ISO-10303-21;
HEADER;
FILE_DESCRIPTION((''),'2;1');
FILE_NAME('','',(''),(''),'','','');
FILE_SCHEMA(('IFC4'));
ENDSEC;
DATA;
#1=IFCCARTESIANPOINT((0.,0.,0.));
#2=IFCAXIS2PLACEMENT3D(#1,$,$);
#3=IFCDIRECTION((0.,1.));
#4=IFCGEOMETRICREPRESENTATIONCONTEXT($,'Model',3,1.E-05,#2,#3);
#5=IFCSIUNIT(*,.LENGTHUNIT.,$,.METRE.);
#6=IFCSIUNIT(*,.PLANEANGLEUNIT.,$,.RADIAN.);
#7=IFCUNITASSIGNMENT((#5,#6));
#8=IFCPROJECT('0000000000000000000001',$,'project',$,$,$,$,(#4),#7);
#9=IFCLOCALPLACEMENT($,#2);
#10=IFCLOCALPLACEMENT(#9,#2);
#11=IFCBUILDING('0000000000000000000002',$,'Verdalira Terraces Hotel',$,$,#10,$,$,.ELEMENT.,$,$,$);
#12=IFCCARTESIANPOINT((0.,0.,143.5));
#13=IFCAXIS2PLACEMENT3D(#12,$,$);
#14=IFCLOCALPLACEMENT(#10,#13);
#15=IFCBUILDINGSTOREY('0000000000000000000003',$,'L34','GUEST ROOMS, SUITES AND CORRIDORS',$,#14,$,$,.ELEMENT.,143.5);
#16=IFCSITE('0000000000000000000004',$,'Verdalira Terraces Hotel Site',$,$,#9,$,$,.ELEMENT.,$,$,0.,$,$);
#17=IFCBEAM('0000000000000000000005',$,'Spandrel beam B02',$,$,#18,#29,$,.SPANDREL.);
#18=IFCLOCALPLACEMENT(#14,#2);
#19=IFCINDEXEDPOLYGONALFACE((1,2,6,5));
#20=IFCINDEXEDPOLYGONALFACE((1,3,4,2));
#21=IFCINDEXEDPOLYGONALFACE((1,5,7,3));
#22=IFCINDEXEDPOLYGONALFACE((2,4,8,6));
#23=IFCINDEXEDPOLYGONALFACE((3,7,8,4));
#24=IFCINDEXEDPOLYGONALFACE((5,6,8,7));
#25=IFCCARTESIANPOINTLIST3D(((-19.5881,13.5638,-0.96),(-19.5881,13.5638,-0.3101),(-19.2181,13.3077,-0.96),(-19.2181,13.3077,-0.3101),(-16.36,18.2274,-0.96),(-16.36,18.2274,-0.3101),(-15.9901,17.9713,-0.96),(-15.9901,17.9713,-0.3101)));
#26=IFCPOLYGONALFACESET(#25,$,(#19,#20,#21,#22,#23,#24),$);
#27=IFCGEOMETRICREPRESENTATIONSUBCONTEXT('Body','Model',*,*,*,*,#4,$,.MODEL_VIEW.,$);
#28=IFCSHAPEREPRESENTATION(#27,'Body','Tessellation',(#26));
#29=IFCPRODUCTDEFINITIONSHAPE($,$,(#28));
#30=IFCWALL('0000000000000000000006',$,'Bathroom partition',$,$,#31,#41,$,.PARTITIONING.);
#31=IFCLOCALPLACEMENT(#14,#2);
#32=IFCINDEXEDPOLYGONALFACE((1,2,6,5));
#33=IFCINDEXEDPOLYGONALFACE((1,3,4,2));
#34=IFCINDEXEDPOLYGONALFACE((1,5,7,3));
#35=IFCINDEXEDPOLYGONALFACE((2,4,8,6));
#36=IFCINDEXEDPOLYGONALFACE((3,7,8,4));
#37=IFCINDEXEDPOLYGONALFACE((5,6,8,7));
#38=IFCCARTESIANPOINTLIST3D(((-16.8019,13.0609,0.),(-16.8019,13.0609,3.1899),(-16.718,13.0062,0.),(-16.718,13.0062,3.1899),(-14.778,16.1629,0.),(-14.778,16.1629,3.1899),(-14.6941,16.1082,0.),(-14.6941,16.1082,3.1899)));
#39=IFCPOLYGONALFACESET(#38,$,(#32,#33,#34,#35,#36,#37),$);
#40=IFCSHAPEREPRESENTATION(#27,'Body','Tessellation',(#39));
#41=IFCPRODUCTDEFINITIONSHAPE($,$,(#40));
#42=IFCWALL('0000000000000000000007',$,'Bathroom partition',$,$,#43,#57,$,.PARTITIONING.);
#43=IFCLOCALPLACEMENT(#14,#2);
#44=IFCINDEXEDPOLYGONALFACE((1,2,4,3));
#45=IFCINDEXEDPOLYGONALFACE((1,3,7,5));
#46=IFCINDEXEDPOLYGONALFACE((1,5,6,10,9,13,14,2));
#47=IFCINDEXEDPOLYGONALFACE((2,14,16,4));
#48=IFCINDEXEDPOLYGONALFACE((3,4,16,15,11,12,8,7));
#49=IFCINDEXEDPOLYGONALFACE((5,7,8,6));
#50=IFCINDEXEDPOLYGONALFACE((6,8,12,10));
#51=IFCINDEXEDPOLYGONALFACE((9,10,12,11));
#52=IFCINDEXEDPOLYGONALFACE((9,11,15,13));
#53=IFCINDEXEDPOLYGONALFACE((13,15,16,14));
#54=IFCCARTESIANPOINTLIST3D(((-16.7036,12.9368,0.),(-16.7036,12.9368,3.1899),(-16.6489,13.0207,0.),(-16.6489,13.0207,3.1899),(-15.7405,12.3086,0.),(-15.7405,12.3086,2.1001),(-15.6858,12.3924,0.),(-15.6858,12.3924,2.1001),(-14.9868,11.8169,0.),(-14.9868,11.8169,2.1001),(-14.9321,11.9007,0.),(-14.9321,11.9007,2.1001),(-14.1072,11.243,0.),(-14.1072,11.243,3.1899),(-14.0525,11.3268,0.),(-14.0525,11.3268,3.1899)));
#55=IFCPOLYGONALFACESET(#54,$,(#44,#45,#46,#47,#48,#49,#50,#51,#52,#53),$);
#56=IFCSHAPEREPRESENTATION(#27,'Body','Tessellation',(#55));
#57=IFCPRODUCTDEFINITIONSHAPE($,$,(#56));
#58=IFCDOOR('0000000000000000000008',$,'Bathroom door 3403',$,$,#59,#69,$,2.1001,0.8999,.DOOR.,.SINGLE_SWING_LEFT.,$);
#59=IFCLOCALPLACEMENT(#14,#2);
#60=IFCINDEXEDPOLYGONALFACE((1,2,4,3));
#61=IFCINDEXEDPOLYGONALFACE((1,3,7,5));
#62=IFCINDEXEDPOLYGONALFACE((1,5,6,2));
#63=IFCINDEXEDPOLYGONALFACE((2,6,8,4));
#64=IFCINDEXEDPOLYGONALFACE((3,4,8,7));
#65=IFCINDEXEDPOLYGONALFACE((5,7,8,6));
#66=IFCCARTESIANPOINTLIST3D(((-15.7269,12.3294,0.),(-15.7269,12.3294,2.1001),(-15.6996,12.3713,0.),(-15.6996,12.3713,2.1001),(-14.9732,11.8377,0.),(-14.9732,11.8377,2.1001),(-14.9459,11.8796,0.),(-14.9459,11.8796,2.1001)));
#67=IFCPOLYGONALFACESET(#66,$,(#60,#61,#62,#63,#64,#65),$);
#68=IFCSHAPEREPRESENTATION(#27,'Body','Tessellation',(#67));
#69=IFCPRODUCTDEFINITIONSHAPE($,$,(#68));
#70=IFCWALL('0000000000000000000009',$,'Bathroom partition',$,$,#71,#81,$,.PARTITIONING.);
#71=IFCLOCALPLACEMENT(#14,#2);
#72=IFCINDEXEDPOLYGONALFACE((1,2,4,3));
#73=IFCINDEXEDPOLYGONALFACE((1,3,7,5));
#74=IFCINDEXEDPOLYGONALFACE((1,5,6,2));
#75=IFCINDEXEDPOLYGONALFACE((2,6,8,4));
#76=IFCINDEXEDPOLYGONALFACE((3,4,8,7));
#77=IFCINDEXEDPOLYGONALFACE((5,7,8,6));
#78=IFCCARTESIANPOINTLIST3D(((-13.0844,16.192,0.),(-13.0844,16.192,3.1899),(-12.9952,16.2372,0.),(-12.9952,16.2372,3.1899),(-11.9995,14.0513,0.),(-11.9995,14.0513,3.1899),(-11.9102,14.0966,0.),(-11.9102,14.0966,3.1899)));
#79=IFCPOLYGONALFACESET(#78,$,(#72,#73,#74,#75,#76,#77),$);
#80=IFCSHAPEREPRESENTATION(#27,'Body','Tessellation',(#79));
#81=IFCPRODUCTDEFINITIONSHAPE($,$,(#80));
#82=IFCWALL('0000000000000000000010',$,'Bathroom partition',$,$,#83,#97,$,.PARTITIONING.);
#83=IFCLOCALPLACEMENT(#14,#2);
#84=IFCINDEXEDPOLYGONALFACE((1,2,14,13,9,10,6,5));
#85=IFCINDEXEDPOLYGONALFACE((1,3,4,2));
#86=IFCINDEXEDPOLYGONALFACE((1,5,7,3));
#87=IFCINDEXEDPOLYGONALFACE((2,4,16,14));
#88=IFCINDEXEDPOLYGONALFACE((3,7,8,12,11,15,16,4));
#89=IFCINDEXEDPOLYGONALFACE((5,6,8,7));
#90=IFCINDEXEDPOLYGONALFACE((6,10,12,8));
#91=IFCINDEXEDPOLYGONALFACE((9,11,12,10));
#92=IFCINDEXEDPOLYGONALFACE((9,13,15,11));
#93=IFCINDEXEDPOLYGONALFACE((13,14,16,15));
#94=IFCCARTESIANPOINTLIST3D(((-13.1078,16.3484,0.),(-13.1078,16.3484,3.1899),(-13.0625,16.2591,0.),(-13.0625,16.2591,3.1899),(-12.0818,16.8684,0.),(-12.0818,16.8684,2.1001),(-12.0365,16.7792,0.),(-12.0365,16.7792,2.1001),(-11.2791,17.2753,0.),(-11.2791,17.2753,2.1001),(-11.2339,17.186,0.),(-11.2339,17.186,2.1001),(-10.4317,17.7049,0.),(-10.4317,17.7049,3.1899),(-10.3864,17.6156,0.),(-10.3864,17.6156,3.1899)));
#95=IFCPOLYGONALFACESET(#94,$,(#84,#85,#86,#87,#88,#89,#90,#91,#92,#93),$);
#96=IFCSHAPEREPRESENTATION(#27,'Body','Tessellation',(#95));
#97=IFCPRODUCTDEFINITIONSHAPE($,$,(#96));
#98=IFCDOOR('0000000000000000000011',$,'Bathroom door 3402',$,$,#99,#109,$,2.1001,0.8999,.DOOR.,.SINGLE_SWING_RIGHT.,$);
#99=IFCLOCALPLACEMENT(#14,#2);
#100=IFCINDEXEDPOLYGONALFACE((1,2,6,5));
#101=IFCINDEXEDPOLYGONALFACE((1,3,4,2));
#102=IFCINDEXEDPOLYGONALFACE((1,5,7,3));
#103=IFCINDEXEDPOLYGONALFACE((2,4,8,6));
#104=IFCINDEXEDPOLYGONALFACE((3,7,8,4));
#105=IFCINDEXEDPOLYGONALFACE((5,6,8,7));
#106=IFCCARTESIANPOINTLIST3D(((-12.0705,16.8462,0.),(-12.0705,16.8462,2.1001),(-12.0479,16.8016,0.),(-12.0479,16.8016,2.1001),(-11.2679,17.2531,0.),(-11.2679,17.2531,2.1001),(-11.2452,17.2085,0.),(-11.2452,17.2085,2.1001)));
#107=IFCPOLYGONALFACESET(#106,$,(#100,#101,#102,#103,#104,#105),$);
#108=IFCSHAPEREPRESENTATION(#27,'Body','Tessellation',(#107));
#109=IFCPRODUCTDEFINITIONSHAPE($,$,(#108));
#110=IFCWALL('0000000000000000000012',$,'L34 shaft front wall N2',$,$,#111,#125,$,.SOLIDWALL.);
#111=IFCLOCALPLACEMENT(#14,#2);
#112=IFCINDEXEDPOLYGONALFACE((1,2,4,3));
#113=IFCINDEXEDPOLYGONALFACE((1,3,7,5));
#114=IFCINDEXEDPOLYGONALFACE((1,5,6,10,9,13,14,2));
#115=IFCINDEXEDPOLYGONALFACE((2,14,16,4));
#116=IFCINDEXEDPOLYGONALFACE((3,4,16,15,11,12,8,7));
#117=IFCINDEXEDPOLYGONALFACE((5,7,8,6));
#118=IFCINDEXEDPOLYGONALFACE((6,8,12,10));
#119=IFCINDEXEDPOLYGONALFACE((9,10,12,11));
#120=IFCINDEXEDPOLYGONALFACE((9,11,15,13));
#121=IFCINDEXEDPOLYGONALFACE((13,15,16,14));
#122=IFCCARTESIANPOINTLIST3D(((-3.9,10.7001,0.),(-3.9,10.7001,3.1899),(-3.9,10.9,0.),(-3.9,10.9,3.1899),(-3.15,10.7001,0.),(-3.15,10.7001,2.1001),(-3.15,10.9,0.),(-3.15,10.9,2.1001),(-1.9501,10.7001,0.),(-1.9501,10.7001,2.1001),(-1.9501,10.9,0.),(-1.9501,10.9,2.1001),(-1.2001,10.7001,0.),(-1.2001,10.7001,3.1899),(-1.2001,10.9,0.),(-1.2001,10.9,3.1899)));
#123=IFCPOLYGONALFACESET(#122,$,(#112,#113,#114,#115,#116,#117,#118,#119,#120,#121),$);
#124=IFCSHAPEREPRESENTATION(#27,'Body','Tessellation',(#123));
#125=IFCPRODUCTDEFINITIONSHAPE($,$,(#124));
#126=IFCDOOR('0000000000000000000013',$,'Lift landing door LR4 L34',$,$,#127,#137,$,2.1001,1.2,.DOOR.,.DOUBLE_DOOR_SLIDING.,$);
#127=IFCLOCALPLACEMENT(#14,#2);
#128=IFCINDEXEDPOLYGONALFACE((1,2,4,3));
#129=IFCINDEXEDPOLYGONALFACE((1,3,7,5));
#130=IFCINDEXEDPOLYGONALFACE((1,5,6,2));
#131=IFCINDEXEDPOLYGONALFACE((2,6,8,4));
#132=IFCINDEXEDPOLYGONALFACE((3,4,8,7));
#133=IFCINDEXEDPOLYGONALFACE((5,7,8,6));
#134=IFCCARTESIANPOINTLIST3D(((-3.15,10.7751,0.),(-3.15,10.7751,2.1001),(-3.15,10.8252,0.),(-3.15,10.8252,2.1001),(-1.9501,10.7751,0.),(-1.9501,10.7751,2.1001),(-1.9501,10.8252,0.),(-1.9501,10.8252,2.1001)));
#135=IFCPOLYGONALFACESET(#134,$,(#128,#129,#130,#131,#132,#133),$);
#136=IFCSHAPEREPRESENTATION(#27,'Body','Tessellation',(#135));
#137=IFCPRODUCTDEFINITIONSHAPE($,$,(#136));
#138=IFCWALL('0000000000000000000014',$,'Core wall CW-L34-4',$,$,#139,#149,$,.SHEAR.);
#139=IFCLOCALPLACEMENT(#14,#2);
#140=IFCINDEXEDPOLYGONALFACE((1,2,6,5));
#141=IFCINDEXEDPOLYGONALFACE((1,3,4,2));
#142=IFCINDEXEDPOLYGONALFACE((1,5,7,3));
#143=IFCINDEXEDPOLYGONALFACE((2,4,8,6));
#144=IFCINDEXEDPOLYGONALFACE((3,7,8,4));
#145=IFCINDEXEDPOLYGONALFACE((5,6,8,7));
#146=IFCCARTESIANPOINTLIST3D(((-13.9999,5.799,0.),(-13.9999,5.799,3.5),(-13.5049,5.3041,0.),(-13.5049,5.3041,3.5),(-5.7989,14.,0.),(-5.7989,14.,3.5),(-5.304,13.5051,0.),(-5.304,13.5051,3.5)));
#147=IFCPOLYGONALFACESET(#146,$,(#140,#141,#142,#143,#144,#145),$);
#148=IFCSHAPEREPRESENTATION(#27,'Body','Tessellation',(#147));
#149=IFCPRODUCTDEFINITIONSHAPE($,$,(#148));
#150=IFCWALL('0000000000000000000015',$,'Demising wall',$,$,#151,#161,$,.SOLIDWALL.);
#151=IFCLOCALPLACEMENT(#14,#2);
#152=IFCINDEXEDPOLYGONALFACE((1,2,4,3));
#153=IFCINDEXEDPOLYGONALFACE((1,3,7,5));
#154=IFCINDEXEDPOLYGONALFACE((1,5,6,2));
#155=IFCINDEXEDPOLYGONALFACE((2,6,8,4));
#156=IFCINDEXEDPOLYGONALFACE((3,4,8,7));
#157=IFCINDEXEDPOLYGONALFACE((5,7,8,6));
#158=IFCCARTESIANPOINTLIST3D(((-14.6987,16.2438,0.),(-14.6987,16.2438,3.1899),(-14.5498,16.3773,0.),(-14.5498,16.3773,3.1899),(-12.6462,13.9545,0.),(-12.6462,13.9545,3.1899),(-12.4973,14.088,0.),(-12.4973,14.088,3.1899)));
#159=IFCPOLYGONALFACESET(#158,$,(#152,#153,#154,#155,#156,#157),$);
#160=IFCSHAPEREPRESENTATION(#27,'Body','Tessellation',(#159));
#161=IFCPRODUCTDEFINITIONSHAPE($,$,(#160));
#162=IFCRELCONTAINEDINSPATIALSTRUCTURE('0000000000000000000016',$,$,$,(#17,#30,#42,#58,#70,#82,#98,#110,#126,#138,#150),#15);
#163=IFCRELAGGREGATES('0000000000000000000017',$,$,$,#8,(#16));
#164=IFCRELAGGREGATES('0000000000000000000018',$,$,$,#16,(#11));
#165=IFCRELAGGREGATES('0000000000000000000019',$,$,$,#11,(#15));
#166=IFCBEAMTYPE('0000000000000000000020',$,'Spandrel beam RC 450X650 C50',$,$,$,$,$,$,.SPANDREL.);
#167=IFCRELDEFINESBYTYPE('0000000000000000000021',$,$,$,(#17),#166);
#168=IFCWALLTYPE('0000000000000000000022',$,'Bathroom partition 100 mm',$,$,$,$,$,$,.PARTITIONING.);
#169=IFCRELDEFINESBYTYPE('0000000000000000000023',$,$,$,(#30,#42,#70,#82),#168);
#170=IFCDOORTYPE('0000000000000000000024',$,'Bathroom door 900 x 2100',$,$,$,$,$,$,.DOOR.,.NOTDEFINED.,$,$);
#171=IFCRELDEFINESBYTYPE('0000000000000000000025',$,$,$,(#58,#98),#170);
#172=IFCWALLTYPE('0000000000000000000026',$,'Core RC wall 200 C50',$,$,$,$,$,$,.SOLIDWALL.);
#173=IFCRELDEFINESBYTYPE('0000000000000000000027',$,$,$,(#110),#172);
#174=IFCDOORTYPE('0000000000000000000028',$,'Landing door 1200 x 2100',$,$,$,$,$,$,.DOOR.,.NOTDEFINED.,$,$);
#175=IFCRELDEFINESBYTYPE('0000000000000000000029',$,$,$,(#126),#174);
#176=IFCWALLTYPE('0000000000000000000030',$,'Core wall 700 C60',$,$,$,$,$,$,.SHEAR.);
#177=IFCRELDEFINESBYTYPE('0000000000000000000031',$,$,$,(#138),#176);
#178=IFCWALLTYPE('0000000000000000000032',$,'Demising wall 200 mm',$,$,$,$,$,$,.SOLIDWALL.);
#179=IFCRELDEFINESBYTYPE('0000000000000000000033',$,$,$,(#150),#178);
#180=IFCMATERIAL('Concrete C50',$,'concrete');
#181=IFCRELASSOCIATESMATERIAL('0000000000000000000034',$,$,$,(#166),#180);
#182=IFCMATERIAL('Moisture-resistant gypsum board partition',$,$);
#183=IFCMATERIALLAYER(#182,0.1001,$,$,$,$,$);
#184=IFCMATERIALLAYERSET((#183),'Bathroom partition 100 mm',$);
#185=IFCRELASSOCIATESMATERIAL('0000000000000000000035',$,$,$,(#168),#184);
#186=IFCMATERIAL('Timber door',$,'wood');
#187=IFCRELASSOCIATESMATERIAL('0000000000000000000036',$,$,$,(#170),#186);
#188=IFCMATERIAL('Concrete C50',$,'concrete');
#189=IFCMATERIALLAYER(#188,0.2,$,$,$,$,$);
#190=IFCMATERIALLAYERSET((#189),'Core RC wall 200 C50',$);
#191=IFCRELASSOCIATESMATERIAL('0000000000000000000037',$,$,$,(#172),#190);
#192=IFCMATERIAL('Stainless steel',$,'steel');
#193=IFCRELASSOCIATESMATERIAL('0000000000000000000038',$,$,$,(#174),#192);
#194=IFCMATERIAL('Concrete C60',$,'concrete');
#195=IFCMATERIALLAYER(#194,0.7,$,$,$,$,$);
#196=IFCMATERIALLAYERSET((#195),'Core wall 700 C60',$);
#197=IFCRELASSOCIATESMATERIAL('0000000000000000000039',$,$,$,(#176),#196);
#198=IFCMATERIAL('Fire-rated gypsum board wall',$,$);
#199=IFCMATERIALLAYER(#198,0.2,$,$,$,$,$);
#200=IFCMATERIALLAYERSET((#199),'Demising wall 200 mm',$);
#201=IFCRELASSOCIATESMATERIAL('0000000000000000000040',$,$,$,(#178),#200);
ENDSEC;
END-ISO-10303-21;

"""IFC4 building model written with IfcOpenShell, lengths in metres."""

from ifc_helpers import new_model, si_unit, direction, frame, frame_2d, origin, origin_2d, place, context, subcontext, project, spatial, rectangle, extrude, material, layer, layer_set, material_profile, profile_set, type_object, element, fill, save


model = new_model("IFC4")

# Units and contexts
model_context = context("Model", 3, precision=1e-05, world=origin(), true_north=direction((0.0, 1.0)))
body_context = subcontext(model_context, "Body", "Model", "MODEL_VIEW")
ifc_project = project(units=[si_unit("LENGTHUNIT", "METRE"), si_unit("PLANEANGLEUNIT", "RADIAN")], contexts=[model_context])

# Site, building, storey
site_placement = place(None, origin())
site = spatial("IfcSite", under=ifc_project, at=site_placement, Name="Verdalira Terraces Hotel Site", CompositionType="ELEMENT", RefElevation=0.0)
building_placement = place(site_placement, origin())
building = spatial("IfcBuilding", under=site, at=building_placement, Name="Verdalira Terraces Hotel", CompositionType="ELEMENT")
storey_placement = place(building_placement, frame((0.0, 0.0, 143.5)))
storey = spatial("IfcBuildingStorey", under=building, at=storey_placement, Name="L34", Description="GUEST ROOMS, SUITES AND CORRIDORS", CompositionType="ELEMENT", Elevation=143.5)

# Beam
ifc_material_1 = material(Name="Concrete C50", Category="concrete")
ifc_material_profile = material_profile(ifc_material_1, rectangle(XDim=0.45, YDim=0.6499, at=origin_2d()), Name="RC 450X650")
ifc_profile_set = profile_set([ifc_material_profile], Name="Concrete C50")
beam_type = type_object("IfcBeamType", Name="Spandrel beam RC 450X650 C50", PredefinedType="SPANDREL", material=ifc_profile_set)
beam_placement = place(storey_placement, frame((-16.175, 18.0994, -0.635), z_axis=(-0.569138, -0.822242, 0.0), x_axis=(0.822242, -0.569138, 0.0)))
element("IfcBeam", 1, at=beam_placement, inside=storey, type_object=beam_type, Name="Spandrel beam B02", PredefinedType="SPANDREL", context=body_context, shape_type="SweptSolid", body=[
    extrude(rectangle(XDim=0.45, YDim=0.6499, at=origin_2d()), origin(), (0.0, 0.0, 1.0), 5.6719),
])

# Wall
ifc_material_2 = material(Name="Moisture-resistant gypsum board partition")
ifc_layer_1 = layer(ifc_material_2, 0.1001)
ifc_layer_set_1 = layer_set([ifc_layer_1], Name="Bathroom partition 100 mm")
wall_type_1 = type_object("IfcWallType", Name="Bathroom partition 100 mm", PredefinedType="PARTITIONING", material=ifc_layer_set_1)
wall_1_placement = place(storey_placement, frame((-16.76, 13.0334, 0.0), z_axis=(0.0, 0.0, 1.0), x_axis=(0.546429, 0.837506, 0.0)))
element("IfcWall", 2, at=wall_1_placement, inside=storey, type_object=wall_type_1, Name="Bathroom partition", PredefinedType="PARTITIONING", context=body_context, shape_type="SweptSolid", body=[
    extrude(rectangle(XDim=3.7039, YDim=0.1001, at=frame_2d((1.8521, 0.0))), origin(), (0.0, 0.0, 1.0), 3.1899),
])

# Wall, opening, door
wall_2_placement = place(storey_placement, frame((-16.6763, 12.9788, 0.0), z_axis=(0.0, 0.0, 1.0), x_axis=(0.837534, -0.546385, 0.0)))
wall_2 = element("IfcWall", 3, at=wall_2_placement, inside=storey, type_object=wall_type_1, Name="Bathroom partition", PredefinedType="PARTITIONING", context=body_context, shape_type="SweptSolid", body=[
    extrude(rectangle(XDim=3.1001, YDim=0.1001, at=frame_2d((1.55, 0.0))), origin(), (0.0, 0.0, 1.0), 3.1899),
])
opening_1_placement = place(wall_2_placement, frame((1.1499, 0.0, 0.0)))
opening_1 = element("IfcOpeningElement", 4, at=opening_1_placement, cuts=wall_2, PredefinedType="OPENING", context=body_context, shape_type="SweptSolid", body=[
    extrude(rectangle(XDim=0.8999, YDim=2.1001, at=frame_2d((0.45, 1.05))), frame((0.0, 0.0601, 0.0), z_axis=(0.0, -1.0, 0.0), x_axis=(1.0, 0.0, 0.0)), (0.0, 0.0, 1.0), 0.1201),
])
ifc_material_3 = material(Name="Timber door", Category="wood")
door_type_1 = type_object("IfcDoorType", Name="Bathroom door 900 x 2100", OperationType="NOTDEFINED", PredefinedType="DOOR", material=ifc_material_3)
door_1_placement = place(opening_1_placement, origin())
door_1 = element("IfcDoor", 5, at=door_1_placement, inside=storey, type_object=door_type_1, Name="Bathroom door 3403", OperationType="SINGLE_SWING_LEFT", OverallHeight=2.1001, OverallWidth=0.8999, PredefinedType="DOOR", context=body_context, shape_type="SweptSolid", body=[
    extrude(rectangle(XDim=0.8999, YDim=2.1001, at=frame_2d((0.45, 1.05))), frame((0.0, 0.0249, 0.0), z_axis=(0.0, -1.0, 0.0), x_axis=(1.0, 0.0, 0.0)), (0.0, 0.0, 1.0), 0.05),
])
fill(opening_1, door_1)

# Wall
wall_3_placement = place(storey_placement, frame((-11.9548, 14.074, 0.0), z_axis=(0.0, 0.0, 1.0), x_axis=(-0.45209, 0.891972, 0.0)))
element("IfcWall", 6, at=wall_3_placement, inside=storey, type_object=wall_type_1, Name="Bathroom partition", PredefinedType="PARTITIONING", context=body_context, shape_type="SweptSolid", body=[
    extrude(rectangle(XDim=2.3999, YDim=0.1001, at=frame_2d((1.2, 0.0))), origin(), (0.0, 0.0, 1.0), 3.1899),
])

# Walls, openings, doors
wall_4_placement = place(storey_placement, frame((-10.4092, 17.6602, 0.0), z_axis=(0.0, 0.0, 1.0), x_axis=(-0.891956, -0.452122, 0.0)))
wall_4 = element("IfcWall", 7, at=wall_4_placement, inside=storey, type_object=wall_type_1, Name="Bathroom partition", PredefinedType="PARTITIONING", context=body_context, shape_type="SweptSolid", body=[
    extrude(rectangle(XDim=3.0002, YDim=0.1001, at=frame_2d((1.5, 0.0))), origin(), (0.0, 0.0, 1.0), 3.1899),
])
opening_2_placement = place(wall_4_placement, frame((0.95, 0.0, 0.0)))
opening_2 = element("IfcOpeningElement", 8, at=opening_2_placement, cuts=wall_4, PredefinedType="OPENING", context=body_context, shape_type="SweptSolid", body=[
    extrude(rectangle(XDim=0.8999, YDim=2.1001, at=frame_2d((0.45, 1.05))), frame((0.0, 0.0601, 0.0), z_axis=(0.0, -1.0, 0.0), x_axis=(1.0, 0.0, 0.0)), (0.0, 0.0, 1.0), 0.1201),
])
door_2_placement = place(opening_2_placement, origin())
door_2 = element("IfcDoor", 9, at=door_2_placement, inside=storey, type_object=door_type_1, Name="Bathroom door 3402", OperationType="SINGLE_SWING_RIGHT", OverallHeight=2.1001, OverallWidth=0.8999, PredefinedType="DOOR", context=body_context, shape_type="SweptSolid", body=[
    extrude(rectangle(XDim=0.8999, YDim=2.1001, at=frame_2d((0.45, 1.05))), frame((0.0, 0.0249, 0.0), z_axis=(0.0, -1.0, 0.0), x_axis=(1.0, 0.0, 0.0)), (0.0, 0.0, 1.0), 0.05),
])
fill(opening_2, door_2)
ifc_material_4 = material(Name="Concrete C50", Category="concrete")
ifc_layer_2 = layer(ifc_material_4, 0.2)
ifc_layer_set_2 = layer_set([ifc_layer_2], Name="Core RC wall 200 C50")
wall_type_2 = type_object("IfcWallType", Name="Core RC wall 200 C50", PredefinedType="SOLIDWALL", material=ifc_layer_set_2)
wall_5_placement = place(storey_placement, frame((-1.2, 10.8, 0.0), z_axis=(0.0, 0.0, 1.0), x_axis=(-1.0, 0.0, 0.0)))
wall_5 = element("IfcWall", 10, at=wall_5_placement, inside=storey, type_object=wall_type_2, Name="L34 shaft front wall N2", PredefinedType="SOLIDWALL", context=body_context, shape_type="SweptSolid", body=[
    extrude(rectangle(XDim=2.7, YDim=0.2, at=frame_2d((1.3501, 0.0))), origin(), (0.0, 0.0, 1.0), 3.1899),
])
opening_3_placement = place(wall_5_placement, frame((0.75, 0.0, 0.0)))
opening_3 = element("IfcOpeningElement", 11, at=opening_3_placement, cuts=wall_5, PredefinedType="OPENING", context=body_context, shape_type="SweptSolid", body=[
    extrude(rectangle(XDim=1.2, YDim=2.1001, at=frame_2d((0.6001, 1.05))), frame((0.0, 0.1099, 0.0), z_axis=(0.0, -1.0, 0.0), x_axis=(1.0, 0.0, 0.0)), (0.0, 0.0, 1.0), 0.22),
])
ifc_material_5 = material(Name="Stainless steel", Category="steel")
door_type_2 = type_object("IfcDoorType", Name="Landing door 1200 x 2100", OperationType="NOTDEFINED", PredefinedType="DOOR", material=ifc_material_5)
door_3_placement = place(opening_3_placement, origin())
door_3 = element("IfcDoor", 12, at=door_3_placement, inside=storey, type_object=door_type_2, Name="Lift landing door LR4 L34", OperationType="DOUBLE_DOOR_SLIDING", OverallHeight=2.1001, OverallWidth=1.2, PredefinedType="DOOR", context=body_context, shape_type="SweptSolid", body=[
    extrude(rectangle(XDim=1.2, YDim=2.1001, at=frame_2d((0.6001, 1.05))), frame((0.0, 0.0249, 0.0), z_axis=(0.0, -1.0, 0.0), x_axis=(1.0, 0.0, 0.0)), (0.0, 0.0, 1.0), 0.05),
])
fill(opening_3, door_3)

# Walls
ifc_material_6 = material(Name="Concrete C60", Category="concrete")
ifc_layer_3 = layer(ifc_material_6, 0.7)
ifc_layer_set_3 = layer_set([ifc_layer_3], Name="Core wall 700 C60")
wall_type_3 = type_object("IfcWallType", Name="Core wall 700 C60", PredefinedType="SHEAR", material=ifc_layer_set_3)
wall_6_placement = place(storey_placement, frame((-5.5515, 13.7524, 0.0), z_axis=(0.0, 0.0, 1.0), x_axis=(-0.707107, -0.707107, 0.0)))
element("IfcWall", 13, at=wall_6_placement, inside=storey, type_object=wall_type_3, Name="Core wall CW-L34-4", PredefinedType="SHEAR", context=body_context, shape_type="SweptSolid", body=[
    extrude(rectangle(XDim=11.5979, YDim=0.7, at=frame_2d((5.7988, 0.0))), origin(), (0.0, 0.0, 1.0), 3.5),
])
ifc_material_7 = material(Name="Fire-rated gypsum board wall")
ifc_layer_4 = layer(ifc_material_7, 0.2)
ifc_layer_set_4 = layer_set([ifc_layer_4], Name="Demising wall 200 mm")
wall_type_4 = type_object("IfcWallType", Name="Demising wall 200 mm", PredefinedType="SOLIDWALL", material=ifc_layer_set_4)
wall_7_placement = place(storey_placement, frame((-12.5718, 14.0212, 0.0), z_axis=(0.0, 0.0, 1.0), x_axis=(-0.667547, 0.744568, 0.0)))
element("IfcWall", 14, at=wall_7_placement, inside=storey, type_object=wall_type_4, Name="Demising wall", PredefinedType="SOLIDWALL", context=body_context, shape_type="SweptSolid", body=[
    extrude(rectangle(XDim=3.0747, YDim=0.2, at=frame_2d((1.5374, 0.0))), origin(), (0.0, 0.0, 1.0), 3.1899),
])

save(model, "model.ifc")
